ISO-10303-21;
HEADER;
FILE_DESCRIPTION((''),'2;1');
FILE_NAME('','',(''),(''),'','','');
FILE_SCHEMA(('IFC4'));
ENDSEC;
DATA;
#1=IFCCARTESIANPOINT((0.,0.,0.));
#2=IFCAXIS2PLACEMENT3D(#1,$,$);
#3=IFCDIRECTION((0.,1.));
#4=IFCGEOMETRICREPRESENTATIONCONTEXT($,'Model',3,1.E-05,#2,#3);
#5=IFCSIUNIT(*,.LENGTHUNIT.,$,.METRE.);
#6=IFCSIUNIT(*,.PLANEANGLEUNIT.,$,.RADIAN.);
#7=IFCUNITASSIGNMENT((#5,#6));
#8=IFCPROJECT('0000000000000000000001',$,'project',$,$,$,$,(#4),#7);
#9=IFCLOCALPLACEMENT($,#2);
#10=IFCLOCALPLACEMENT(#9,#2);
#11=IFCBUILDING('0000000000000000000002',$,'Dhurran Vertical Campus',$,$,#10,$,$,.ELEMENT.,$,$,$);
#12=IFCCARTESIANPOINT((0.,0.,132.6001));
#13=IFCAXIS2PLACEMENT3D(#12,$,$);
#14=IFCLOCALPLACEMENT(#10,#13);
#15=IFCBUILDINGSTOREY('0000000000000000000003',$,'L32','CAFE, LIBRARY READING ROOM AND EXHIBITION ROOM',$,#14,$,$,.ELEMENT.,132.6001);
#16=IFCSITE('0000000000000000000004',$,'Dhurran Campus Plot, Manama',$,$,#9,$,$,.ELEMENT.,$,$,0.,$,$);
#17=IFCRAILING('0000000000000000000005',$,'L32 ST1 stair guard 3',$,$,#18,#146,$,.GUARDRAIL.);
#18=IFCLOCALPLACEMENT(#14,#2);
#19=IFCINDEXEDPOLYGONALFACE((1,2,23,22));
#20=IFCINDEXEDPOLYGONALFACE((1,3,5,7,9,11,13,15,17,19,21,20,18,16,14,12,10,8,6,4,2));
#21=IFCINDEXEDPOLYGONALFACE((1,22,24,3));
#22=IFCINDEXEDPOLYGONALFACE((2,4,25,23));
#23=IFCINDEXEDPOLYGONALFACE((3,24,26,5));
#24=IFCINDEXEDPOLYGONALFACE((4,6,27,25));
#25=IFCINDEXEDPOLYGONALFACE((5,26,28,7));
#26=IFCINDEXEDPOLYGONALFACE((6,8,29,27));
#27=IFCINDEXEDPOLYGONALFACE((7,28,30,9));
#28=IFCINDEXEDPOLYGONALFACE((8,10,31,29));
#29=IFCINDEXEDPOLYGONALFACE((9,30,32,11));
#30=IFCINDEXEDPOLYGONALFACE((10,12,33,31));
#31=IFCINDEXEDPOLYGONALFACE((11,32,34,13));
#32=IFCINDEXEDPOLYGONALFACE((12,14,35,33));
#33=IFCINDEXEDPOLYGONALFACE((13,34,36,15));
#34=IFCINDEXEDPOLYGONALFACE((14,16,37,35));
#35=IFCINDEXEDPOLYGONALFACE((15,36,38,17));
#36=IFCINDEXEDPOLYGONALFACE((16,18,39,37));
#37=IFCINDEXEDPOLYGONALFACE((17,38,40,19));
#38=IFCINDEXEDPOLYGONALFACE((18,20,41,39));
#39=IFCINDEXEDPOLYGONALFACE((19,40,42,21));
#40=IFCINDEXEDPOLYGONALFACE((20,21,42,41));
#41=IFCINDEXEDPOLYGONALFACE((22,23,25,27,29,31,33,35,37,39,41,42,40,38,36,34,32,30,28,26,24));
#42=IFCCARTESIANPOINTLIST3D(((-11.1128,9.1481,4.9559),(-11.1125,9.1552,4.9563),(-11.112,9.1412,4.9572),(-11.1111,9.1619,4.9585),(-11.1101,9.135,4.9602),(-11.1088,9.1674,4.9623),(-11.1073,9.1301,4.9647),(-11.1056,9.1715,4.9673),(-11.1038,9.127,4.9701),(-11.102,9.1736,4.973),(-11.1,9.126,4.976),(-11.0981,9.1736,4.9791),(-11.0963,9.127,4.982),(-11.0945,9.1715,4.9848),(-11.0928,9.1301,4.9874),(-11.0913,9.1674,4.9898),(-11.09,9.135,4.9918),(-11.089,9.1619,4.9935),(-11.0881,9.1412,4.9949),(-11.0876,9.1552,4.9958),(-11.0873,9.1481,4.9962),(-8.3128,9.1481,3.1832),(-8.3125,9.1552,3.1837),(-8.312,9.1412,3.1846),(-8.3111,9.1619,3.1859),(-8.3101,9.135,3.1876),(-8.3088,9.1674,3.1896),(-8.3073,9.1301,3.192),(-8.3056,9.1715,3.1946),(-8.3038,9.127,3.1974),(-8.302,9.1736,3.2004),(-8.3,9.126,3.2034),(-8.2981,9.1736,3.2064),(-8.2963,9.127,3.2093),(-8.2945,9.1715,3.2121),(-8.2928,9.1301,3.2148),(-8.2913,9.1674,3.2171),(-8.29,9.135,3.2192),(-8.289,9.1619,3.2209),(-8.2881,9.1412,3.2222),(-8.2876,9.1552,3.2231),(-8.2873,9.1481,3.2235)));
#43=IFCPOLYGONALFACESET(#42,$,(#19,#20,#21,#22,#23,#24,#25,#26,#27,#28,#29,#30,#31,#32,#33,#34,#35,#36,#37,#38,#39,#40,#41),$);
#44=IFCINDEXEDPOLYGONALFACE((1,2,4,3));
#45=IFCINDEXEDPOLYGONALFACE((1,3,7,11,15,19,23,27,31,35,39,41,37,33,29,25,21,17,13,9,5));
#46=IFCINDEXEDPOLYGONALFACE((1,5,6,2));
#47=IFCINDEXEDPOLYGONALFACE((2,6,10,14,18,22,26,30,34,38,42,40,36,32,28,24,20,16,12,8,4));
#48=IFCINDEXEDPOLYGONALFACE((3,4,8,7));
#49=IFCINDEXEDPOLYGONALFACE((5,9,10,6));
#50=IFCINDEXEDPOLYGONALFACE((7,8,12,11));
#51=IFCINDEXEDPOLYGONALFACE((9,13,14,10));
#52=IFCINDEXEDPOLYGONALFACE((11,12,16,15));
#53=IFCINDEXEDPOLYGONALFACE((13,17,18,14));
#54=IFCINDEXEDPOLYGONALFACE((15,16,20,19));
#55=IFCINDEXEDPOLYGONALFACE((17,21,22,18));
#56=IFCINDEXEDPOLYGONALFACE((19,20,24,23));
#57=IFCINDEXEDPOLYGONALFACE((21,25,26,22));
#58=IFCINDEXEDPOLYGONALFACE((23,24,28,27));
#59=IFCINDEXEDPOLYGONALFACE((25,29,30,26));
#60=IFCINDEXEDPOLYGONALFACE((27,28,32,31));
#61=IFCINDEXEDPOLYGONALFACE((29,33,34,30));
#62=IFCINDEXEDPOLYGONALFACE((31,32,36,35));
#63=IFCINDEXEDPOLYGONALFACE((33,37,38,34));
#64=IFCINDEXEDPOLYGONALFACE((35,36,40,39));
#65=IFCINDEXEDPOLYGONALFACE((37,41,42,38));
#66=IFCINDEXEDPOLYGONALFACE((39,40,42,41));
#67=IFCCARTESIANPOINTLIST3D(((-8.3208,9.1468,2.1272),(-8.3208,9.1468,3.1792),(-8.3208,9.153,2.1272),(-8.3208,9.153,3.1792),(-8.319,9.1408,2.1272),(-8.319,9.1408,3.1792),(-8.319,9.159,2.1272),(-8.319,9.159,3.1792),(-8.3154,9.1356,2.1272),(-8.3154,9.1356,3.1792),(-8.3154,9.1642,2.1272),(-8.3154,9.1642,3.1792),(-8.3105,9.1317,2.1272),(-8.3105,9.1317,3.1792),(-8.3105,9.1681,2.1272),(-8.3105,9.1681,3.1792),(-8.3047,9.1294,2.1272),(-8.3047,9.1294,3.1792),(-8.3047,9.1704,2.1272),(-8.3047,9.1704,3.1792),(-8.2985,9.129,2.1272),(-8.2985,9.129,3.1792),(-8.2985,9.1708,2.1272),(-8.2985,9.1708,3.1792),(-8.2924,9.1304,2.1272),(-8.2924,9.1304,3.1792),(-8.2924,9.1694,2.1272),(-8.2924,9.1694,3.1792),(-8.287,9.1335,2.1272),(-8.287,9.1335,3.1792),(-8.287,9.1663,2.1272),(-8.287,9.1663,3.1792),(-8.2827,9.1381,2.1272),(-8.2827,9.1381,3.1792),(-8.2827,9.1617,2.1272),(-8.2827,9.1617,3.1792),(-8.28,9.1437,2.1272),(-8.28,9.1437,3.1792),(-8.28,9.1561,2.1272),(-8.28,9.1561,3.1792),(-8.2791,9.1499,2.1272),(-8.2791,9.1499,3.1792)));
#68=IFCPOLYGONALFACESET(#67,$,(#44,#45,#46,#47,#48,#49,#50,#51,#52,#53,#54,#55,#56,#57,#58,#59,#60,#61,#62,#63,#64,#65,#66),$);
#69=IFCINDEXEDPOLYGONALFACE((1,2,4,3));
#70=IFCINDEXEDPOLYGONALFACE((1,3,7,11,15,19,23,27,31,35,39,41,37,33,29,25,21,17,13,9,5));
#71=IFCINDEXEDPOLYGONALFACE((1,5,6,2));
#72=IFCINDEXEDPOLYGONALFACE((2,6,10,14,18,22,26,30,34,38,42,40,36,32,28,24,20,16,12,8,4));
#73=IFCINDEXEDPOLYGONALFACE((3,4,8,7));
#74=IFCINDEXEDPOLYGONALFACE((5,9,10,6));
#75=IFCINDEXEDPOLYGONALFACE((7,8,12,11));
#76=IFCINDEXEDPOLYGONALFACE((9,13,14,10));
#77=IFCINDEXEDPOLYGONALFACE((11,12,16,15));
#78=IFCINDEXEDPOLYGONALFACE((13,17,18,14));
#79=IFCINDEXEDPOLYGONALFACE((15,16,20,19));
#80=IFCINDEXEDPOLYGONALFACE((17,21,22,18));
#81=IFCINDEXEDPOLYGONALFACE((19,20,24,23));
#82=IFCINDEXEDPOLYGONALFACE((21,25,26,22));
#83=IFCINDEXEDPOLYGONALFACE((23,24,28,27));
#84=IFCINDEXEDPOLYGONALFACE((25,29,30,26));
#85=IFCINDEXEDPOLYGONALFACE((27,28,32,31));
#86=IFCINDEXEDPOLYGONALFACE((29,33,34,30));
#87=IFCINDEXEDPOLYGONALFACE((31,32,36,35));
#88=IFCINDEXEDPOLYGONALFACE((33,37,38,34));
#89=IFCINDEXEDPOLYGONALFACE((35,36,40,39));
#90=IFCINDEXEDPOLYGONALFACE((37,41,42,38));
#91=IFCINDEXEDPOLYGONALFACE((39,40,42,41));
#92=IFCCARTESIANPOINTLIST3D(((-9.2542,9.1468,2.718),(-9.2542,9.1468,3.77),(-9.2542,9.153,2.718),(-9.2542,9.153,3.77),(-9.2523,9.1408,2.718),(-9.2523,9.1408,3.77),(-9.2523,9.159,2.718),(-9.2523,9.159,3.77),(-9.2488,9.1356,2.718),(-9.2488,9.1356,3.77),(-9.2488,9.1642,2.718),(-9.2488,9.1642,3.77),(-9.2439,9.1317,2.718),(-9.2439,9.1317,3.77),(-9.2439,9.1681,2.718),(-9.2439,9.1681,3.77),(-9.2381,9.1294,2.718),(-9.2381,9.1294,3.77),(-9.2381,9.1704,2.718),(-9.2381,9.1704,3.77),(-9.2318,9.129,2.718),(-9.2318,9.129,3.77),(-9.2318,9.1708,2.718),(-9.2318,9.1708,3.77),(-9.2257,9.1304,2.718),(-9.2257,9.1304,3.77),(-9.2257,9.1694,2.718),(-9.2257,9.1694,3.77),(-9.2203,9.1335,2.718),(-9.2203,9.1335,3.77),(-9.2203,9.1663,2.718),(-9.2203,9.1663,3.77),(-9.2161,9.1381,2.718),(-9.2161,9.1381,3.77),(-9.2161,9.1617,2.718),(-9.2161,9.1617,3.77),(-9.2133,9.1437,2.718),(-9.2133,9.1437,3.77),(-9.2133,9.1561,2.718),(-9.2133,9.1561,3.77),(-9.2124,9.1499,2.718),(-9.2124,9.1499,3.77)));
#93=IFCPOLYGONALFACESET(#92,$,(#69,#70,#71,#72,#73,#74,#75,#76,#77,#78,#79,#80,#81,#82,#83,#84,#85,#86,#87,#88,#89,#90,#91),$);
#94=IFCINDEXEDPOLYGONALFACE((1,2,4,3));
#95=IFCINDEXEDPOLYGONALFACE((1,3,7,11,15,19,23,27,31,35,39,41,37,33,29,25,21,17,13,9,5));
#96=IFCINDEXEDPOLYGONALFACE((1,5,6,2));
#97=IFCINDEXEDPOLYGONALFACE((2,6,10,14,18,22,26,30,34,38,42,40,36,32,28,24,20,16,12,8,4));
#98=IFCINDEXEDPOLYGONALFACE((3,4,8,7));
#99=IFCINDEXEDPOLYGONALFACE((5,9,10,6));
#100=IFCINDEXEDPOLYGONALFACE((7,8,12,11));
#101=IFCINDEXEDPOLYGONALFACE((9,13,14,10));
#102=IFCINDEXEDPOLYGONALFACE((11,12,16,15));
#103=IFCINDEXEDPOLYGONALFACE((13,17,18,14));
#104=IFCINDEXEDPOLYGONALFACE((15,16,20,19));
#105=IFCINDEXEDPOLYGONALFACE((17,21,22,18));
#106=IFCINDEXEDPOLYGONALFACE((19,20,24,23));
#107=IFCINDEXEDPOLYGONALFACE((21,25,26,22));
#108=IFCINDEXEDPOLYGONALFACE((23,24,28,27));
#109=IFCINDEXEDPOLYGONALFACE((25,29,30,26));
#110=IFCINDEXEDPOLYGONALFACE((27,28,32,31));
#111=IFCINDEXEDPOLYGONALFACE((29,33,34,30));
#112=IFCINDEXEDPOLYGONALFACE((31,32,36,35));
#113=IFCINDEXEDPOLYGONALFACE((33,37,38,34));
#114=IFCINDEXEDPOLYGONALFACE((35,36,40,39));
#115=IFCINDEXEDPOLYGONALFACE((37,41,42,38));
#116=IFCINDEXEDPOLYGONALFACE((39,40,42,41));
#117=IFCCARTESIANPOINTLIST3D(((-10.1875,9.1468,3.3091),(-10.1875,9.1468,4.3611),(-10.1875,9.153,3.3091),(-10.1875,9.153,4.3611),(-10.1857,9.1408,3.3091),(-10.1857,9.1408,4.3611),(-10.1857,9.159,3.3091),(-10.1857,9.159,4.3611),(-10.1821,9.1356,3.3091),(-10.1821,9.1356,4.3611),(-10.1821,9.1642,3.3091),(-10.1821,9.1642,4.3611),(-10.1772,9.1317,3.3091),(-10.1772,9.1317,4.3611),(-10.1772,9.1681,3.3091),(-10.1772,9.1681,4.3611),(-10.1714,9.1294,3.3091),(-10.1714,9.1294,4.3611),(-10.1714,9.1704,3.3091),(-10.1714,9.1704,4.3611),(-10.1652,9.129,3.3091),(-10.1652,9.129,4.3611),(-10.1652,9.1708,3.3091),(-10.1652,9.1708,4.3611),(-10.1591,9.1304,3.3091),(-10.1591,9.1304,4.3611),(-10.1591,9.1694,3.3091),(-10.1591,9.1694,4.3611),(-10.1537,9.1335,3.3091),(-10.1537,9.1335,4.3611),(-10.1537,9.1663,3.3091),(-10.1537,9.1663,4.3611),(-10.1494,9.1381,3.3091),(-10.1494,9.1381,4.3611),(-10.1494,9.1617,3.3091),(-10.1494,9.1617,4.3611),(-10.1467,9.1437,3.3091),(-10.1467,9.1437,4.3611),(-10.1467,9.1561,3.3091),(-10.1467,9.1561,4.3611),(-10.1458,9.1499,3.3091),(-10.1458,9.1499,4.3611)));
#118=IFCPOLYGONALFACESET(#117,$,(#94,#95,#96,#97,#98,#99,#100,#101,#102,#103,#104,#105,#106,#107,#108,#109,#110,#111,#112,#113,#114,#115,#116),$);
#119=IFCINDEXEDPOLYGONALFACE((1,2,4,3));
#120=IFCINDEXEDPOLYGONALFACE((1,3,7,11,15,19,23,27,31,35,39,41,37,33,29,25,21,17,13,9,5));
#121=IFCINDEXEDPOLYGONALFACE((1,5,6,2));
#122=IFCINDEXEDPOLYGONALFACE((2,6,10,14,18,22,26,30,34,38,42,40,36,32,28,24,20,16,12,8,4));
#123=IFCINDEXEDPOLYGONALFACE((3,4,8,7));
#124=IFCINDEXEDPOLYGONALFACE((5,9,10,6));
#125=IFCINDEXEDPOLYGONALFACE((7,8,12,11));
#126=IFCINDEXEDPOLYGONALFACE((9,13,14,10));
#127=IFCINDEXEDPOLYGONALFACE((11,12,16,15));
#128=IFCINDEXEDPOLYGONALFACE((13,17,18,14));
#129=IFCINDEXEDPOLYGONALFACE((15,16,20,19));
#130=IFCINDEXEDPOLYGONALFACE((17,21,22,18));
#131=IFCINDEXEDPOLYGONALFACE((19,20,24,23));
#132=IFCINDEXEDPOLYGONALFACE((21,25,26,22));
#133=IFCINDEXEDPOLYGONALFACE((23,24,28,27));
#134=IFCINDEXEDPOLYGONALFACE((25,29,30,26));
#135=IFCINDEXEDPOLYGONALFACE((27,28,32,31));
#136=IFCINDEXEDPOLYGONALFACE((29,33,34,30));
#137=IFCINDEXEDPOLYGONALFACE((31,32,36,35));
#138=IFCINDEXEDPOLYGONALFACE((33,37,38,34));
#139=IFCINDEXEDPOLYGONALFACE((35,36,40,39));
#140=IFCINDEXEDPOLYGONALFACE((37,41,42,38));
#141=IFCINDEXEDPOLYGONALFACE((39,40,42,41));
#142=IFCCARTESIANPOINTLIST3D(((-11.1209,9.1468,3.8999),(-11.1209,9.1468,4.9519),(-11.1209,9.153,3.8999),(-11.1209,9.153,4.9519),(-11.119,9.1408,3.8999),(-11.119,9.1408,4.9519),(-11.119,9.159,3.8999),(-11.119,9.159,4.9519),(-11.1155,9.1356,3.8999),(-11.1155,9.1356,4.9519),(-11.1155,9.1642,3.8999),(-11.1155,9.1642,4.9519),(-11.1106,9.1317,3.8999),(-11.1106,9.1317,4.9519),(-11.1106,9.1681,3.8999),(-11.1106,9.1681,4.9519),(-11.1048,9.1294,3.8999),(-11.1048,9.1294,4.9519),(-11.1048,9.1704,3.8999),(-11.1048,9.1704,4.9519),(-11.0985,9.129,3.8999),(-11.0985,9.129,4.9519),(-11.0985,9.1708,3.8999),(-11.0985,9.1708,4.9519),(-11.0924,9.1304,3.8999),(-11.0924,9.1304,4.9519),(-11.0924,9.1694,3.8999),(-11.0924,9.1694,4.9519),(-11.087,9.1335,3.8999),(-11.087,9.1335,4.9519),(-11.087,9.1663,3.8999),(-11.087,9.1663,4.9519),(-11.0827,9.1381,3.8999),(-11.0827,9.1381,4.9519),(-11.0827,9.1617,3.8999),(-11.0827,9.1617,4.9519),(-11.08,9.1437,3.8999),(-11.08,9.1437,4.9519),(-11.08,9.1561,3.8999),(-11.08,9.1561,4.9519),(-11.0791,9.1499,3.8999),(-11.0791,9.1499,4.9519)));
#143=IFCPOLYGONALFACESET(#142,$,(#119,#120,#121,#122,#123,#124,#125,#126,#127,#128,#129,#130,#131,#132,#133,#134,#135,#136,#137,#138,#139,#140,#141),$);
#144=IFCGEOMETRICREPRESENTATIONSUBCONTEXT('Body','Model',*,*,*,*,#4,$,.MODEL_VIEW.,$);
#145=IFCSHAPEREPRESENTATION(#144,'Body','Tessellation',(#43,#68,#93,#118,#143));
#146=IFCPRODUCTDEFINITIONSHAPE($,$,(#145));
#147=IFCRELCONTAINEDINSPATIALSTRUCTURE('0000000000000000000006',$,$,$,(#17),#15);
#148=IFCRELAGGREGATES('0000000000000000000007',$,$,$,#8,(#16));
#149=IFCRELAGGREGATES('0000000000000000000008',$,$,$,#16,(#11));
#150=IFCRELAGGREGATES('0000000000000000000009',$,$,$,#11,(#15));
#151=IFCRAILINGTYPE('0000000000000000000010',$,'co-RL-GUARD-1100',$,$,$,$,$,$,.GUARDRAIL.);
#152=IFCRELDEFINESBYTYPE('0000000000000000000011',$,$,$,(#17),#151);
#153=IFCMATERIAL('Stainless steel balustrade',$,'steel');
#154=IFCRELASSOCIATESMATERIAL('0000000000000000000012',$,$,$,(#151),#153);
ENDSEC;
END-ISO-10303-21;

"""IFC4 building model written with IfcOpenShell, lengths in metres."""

from ifc_helpers import new_model, si_unit, direction, frame, origin, origin_2d, place, context, subcontext, project, spatial, circle, extrude, material, type_object, element, save


model = new_model("IFC4")

# Units and contexts
model_context = context("Model", 3, precision=1e-05, world=origin(), true_north=direction((0.0, 1.0)))
body_context = subcontext(model_context, "Body", "Model", "MODEL_VIEW")
ifc_project = project(units=[si_unit("LENGTHUNIT", "METRE"), si_unit("PLANEANGLEUNIT", "RADIAN")], contexts=[model_context])

# Site, building, storey
site_placement = place(None, origin())
site = spatial("IfcSite", under=ifc_project, at=site_placement, Name="Dhurran Campus Plot, Manama", CompositionType="ELEMENT", RefElevation=0.0)
building_placement = place(site_placement, origin())
building = spatial("IfcBuilding", under=site, at=building_placement, Name="Dhurran Vertical Campus", CompositionType="ELEMENT")
storey_placement = place(building_placement, frame((0.0, 0.0, 132.6001)))
storey = spatial("IfcBuildingStorey", under=building, at=storey_placement, Name="L32", Description="CAFE, LIBRARY READING ROOM AND EXHIBITION ROOM", CompositionType="ELEMENT", Elevation=132.6001)

# Railing
ifc_material_1 = material(Name="Stainless steel balustrade", Category="steel")
railing_type_1 = type_object("IfcRailingType", Name="co-RL-GUARD-1100", PredefinedType="GUARDRAIL", material=ifc_material_1)
railing_1_placement = place(storey_placement, frame((-8.3, 9.1499, 2.1272)))
element("IfcRailing", 1, at=railing_1_placement, inside=storey, type_object=railing_type_1, Name="L32 ST1 stair guard 3", PredefinedType="GUARDRAIL", context=body_context, shape_type="SweptSolid", body=[
    extrude(circle(Radius=0.0239, at=origin_2d()), frame((0.0, 0.0, 1.0762), z_axis=(-0.844909, 0.0, 0.53491), x_axis=(0.0, -1.0, 0.0)), (0.0, 0.0, 1.0), 3.314),
    extrude(circle(Radius=0.021, at=origin_2d()), origin(), (0.0, 0.0, 1.0), 1.052),
    extrude(circle(Radius=0.021, at=origin_2d()), frame((-0.9333, 0.0, 0.5908)), (0.0, 0.0, 1.0), 1.052),
    extrude(circle(Radius=0.021, at=origin_2d()), frame((-1.8667, 0.0, 1.1819)), (0.0, 0.0, 1.0), 1.052),
    extrude(circle(Radius=0.021, at=origin_2d()), frame((-2.8, 0.0, 1.7727)), (0.0, 0.0, 1.0), 1.052),
])

save(model, "model.ifc")
